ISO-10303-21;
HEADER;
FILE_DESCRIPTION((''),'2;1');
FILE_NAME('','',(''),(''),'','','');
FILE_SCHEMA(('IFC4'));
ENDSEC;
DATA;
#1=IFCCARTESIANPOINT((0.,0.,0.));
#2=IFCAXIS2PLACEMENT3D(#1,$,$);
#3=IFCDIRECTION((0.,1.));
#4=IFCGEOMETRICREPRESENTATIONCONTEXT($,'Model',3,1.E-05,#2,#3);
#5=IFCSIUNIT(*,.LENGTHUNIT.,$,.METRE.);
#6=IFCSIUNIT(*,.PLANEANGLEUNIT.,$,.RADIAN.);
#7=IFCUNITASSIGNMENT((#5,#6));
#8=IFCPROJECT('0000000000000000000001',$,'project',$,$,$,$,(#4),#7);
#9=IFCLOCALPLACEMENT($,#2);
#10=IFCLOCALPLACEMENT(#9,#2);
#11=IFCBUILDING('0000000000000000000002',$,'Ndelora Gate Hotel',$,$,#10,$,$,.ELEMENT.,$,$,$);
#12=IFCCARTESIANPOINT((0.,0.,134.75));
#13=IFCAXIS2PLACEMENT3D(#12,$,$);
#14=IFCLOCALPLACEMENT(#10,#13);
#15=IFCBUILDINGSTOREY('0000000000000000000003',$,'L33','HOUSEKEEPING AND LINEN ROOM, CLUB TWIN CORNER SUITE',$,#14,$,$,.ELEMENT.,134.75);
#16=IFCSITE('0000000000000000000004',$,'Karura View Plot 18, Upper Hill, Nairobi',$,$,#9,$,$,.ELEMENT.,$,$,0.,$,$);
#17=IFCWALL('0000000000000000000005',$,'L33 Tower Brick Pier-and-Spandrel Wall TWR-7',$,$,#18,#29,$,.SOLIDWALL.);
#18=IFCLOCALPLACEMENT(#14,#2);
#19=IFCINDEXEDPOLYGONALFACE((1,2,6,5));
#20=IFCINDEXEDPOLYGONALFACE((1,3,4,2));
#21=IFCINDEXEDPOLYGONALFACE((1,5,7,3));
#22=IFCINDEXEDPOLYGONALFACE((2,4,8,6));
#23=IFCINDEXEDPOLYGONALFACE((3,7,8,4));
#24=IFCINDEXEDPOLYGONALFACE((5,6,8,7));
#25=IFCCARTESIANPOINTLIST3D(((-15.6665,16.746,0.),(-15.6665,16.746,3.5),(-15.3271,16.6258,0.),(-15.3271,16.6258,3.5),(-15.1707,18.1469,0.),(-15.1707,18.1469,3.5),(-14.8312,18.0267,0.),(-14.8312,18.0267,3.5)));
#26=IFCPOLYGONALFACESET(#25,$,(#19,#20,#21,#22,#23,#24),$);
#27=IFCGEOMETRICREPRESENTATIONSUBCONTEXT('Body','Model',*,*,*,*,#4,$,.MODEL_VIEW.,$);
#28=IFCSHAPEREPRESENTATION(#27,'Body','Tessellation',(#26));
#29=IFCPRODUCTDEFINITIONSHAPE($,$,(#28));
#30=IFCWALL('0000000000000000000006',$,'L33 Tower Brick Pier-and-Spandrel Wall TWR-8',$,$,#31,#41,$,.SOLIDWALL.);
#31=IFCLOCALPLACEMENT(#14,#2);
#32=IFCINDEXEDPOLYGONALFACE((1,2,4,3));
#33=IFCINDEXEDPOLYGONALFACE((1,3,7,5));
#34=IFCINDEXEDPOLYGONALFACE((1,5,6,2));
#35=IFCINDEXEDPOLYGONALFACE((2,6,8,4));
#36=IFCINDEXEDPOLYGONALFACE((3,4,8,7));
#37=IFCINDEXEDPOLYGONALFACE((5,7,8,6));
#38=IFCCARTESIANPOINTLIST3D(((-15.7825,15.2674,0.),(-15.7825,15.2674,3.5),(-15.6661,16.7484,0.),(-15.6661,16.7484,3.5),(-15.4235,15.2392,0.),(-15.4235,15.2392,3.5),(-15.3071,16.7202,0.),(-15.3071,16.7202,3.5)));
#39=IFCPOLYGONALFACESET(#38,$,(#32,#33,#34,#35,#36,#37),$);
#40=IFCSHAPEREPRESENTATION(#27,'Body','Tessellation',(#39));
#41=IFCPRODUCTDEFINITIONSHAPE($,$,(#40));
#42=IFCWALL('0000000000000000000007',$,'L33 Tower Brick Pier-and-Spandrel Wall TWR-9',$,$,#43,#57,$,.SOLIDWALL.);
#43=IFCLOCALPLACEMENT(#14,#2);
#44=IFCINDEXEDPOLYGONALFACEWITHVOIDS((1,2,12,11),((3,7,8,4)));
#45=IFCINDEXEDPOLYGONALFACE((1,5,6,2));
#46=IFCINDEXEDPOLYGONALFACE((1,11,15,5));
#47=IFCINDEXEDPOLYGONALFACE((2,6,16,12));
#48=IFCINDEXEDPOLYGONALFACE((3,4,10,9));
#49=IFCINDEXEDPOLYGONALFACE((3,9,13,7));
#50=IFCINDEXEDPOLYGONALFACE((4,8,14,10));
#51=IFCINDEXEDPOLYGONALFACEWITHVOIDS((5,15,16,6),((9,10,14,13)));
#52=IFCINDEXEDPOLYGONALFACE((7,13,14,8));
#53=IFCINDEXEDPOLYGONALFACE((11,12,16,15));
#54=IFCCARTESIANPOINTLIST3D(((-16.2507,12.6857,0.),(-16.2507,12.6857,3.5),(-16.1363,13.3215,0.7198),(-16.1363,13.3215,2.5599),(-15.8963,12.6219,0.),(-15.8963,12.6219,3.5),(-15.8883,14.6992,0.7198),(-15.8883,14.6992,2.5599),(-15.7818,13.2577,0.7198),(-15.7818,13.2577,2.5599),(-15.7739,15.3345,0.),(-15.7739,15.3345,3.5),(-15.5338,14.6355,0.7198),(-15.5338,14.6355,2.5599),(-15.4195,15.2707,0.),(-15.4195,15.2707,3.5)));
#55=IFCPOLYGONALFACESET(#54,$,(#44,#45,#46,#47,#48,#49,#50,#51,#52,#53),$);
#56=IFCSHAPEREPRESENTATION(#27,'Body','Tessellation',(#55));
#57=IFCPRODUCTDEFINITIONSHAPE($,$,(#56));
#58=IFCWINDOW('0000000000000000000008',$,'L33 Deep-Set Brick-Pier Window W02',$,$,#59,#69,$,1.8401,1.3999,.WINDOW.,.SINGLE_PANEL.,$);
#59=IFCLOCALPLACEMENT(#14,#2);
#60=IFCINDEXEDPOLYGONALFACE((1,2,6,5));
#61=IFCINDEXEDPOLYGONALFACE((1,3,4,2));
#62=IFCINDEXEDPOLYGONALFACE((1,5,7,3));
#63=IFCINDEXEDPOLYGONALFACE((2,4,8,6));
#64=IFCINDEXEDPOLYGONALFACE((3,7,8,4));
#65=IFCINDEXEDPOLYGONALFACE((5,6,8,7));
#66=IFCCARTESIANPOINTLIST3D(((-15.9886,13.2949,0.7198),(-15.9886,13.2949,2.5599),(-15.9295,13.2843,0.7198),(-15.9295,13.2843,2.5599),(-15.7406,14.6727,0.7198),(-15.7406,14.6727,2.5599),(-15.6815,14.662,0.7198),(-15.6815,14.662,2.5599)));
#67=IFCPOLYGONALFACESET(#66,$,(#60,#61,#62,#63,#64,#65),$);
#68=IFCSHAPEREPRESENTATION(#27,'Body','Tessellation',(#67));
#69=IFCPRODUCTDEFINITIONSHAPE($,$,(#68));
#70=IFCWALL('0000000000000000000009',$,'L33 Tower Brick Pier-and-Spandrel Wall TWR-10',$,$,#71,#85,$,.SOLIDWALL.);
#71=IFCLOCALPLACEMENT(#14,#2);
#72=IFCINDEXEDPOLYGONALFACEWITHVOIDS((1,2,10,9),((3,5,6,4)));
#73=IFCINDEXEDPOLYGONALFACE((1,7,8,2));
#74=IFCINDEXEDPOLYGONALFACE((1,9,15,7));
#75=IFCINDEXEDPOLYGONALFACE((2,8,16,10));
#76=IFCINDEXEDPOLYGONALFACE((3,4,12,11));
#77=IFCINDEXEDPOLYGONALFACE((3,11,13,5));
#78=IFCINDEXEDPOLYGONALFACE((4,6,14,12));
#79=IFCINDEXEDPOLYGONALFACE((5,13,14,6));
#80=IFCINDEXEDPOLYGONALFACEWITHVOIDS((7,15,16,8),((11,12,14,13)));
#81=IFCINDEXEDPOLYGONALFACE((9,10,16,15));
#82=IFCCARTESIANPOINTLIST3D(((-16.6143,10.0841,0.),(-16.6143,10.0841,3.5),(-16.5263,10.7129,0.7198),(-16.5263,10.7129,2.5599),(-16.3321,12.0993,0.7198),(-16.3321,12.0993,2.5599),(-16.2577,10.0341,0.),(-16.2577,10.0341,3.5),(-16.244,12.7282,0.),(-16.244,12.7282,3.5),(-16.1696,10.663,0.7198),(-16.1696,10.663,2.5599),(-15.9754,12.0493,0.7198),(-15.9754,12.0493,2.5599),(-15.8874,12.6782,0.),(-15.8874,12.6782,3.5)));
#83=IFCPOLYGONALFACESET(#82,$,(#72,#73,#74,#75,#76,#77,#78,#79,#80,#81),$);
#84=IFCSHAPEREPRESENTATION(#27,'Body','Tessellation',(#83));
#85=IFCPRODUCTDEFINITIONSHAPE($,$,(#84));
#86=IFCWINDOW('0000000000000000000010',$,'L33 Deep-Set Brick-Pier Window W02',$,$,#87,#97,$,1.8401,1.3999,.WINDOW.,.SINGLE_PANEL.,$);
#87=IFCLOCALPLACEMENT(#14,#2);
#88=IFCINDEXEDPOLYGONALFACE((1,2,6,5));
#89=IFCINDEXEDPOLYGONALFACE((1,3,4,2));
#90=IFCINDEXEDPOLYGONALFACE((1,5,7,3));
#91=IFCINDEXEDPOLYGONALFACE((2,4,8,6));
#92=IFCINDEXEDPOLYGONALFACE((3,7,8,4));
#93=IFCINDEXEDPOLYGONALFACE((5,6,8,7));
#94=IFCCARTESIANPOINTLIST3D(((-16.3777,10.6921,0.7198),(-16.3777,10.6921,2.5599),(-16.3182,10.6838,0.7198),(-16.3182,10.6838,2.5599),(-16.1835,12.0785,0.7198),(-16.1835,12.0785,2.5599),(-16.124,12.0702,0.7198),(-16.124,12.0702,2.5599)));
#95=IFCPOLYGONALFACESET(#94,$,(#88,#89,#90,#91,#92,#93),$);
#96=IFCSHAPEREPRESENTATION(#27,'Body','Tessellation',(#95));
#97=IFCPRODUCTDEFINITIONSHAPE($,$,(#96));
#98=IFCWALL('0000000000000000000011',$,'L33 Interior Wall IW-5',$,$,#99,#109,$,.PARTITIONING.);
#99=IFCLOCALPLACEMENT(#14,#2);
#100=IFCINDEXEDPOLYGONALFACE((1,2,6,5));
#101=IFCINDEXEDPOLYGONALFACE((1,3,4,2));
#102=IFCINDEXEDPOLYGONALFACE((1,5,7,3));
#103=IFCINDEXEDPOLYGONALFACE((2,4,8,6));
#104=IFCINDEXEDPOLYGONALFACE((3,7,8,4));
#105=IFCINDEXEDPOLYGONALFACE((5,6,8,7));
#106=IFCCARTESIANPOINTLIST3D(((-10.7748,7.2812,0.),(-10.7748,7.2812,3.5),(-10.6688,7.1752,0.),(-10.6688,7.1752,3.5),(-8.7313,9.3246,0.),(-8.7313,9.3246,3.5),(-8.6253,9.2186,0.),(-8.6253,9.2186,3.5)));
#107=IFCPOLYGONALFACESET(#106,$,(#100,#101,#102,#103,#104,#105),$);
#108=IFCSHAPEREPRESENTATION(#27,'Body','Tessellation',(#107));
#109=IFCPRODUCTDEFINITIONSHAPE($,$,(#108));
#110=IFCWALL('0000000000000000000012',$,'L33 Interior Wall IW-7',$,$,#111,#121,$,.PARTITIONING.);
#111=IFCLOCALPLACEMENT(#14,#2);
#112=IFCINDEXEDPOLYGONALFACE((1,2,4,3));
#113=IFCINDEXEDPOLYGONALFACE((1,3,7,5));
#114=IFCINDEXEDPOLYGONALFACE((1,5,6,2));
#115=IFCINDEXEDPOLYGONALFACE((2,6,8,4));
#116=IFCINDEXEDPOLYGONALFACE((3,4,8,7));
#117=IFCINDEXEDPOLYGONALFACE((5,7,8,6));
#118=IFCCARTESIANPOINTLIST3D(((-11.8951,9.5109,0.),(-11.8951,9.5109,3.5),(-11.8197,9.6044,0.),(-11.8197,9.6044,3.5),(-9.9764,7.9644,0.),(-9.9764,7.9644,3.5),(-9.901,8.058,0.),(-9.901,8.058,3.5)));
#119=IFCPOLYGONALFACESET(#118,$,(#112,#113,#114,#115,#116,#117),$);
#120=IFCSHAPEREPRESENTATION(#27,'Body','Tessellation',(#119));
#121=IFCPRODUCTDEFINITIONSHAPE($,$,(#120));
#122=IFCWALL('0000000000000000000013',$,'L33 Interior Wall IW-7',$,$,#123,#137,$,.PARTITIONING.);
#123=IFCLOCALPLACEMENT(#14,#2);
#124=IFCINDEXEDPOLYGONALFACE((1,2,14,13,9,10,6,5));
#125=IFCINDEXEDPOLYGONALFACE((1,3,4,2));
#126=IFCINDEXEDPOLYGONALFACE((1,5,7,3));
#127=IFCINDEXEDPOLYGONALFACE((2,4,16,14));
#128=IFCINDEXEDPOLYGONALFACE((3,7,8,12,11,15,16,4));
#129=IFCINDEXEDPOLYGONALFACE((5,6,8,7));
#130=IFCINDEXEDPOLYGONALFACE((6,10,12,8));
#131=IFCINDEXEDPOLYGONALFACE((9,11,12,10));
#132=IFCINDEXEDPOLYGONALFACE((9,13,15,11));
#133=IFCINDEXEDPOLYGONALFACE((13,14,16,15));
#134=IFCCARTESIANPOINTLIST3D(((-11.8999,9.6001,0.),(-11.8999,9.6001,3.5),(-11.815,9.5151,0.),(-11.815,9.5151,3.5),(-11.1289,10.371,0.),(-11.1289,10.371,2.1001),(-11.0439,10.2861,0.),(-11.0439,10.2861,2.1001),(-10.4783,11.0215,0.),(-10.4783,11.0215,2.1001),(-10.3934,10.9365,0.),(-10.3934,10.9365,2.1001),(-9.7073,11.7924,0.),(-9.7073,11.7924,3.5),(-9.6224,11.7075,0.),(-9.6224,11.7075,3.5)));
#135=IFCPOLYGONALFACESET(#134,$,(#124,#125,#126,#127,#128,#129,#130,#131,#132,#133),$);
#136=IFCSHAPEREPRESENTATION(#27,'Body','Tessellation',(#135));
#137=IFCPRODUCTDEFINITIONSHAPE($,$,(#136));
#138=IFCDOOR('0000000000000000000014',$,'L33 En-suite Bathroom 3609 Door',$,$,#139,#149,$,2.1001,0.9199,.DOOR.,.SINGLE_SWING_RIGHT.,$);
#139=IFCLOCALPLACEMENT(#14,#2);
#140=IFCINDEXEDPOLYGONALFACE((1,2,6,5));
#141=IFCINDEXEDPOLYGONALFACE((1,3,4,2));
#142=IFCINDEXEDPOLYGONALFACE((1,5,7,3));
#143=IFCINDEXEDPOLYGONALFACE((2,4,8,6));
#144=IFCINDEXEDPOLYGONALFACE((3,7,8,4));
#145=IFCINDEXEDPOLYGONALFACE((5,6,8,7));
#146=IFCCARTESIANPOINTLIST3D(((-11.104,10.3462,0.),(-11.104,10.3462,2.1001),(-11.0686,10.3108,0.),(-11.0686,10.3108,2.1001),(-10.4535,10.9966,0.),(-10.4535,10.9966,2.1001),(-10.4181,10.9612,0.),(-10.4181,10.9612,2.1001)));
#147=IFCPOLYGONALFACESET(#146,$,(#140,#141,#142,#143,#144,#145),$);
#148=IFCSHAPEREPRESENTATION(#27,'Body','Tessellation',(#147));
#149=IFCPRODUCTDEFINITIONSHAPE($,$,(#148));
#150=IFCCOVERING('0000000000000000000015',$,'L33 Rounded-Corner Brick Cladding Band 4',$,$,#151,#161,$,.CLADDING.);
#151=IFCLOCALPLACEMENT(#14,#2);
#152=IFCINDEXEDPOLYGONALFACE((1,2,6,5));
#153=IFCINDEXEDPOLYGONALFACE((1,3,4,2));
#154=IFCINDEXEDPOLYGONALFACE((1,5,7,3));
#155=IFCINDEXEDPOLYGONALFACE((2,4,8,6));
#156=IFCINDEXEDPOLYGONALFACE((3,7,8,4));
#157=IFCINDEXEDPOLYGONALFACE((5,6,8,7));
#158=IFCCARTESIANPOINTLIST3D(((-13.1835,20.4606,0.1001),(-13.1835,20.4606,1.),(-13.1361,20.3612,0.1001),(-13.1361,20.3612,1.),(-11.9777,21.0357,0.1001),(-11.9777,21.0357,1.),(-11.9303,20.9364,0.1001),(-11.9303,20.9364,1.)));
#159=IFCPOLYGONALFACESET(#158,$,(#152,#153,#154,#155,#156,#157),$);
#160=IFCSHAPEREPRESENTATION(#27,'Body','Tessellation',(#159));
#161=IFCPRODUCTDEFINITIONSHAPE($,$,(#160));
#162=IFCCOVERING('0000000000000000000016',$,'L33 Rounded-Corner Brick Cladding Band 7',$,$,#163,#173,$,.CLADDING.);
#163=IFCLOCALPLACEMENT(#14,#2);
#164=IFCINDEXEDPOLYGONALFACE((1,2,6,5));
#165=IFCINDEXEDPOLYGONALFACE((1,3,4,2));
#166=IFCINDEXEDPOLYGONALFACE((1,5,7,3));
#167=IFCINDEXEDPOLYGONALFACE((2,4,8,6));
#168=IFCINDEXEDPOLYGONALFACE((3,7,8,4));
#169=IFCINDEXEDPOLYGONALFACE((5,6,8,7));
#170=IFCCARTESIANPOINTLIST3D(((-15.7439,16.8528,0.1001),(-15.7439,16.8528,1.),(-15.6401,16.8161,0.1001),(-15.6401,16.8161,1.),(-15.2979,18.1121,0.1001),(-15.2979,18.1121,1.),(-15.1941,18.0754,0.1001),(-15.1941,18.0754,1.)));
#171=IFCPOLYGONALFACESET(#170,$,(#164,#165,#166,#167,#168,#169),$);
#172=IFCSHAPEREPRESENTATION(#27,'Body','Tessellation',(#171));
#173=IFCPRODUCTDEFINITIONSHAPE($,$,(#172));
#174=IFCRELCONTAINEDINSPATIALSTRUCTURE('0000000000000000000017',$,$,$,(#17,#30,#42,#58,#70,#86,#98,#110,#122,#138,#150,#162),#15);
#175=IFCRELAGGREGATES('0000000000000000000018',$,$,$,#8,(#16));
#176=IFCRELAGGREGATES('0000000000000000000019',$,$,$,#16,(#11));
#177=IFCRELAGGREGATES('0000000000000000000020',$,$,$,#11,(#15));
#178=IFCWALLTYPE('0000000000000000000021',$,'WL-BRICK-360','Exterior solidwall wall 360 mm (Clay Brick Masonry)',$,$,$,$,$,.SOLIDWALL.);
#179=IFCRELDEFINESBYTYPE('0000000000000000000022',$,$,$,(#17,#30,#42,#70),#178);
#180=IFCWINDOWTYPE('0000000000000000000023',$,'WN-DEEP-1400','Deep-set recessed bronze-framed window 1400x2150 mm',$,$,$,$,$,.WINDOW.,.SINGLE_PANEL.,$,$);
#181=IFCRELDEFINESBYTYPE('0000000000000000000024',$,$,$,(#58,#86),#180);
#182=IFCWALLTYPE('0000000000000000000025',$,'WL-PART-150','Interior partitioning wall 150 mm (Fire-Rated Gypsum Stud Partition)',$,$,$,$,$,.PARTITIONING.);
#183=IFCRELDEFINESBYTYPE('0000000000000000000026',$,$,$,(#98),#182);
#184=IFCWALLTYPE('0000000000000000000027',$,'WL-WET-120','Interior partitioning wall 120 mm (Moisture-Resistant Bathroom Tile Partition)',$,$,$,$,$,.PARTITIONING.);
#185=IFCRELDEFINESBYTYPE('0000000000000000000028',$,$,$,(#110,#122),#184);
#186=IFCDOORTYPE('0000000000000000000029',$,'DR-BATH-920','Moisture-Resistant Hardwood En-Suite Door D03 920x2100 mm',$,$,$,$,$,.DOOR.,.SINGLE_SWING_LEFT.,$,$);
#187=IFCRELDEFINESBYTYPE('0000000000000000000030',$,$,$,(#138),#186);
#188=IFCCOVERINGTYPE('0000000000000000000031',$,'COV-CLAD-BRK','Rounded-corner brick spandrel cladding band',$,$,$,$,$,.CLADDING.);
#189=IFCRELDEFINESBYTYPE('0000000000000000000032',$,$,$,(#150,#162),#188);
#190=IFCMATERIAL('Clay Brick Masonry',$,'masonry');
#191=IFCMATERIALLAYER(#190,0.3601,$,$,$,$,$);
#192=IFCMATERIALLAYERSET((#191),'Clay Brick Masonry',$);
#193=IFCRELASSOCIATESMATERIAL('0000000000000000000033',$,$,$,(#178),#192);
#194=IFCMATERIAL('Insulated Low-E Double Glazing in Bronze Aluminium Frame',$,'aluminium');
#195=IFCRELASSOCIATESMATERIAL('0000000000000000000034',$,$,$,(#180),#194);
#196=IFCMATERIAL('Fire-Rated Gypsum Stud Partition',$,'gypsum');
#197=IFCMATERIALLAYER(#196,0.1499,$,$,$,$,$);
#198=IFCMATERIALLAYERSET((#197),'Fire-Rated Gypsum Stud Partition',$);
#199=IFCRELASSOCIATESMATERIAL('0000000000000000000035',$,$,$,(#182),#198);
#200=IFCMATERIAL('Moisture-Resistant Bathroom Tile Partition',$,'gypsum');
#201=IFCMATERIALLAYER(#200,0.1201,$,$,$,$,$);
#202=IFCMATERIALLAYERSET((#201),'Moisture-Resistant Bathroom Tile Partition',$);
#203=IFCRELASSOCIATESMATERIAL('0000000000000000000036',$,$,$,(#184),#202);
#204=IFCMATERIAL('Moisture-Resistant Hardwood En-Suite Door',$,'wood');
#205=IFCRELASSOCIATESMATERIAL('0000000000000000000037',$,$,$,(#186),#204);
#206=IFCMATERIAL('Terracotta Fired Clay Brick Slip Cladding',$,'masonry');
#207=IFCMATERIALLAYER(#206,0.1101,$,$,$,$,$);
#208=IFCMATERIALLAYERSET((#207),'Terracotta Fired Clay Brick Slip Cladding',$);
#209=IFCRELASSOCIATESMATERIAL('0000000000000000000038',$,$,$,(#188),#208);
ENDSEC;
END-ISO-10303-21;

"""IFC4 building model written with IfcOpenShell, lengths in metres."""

from ifc_helpers import new_model, si_unit, direction, frame, frame_2d, origin, origin_2d, place, context, subcontext, project, spatial, rectangle, extrude, material, layer, layer_set, type_object, element, fill, save


model = new_model("IFC4")

# Units and contexts
model_context = context("Model", 3, precision=1e-05, world=origin(), true_north=direction((0.0, 1.0)))
body_context = subcontext(model_context, "Body", "Model", "MODEL_VIEW")
ifc_project = project(units=[si_unit("LENGTHUNIT", "METRE"), si_unit("PLANEANGLEUNIT", "RADIAN")], contexts=[model_context])

# Site, building, storey
site_placement = place(None, origin())
site = spatial("IfcSite", under=ifc_project, at=site_placement, Name="Karura View Plot 18, Upper Hill, Nairobi", CompositionType="ELEMENT", RefElevation=0.0)
building_placement = place(site_placement, origin())
building = spatial("IfcBuilding", under=site, at=building_placement, Name="Ndelora Gate Hotel", CompositionType="ELEMENT")
storey_placement = place(building_placement, frame((0.0, 0.0, 134.75)))
storey = spatial("IfcBuildingStorey", under=building, at=storey_placement, Name="L33", Description="HOUSEKEEPING AND LINEN ROOM, CLUB TWIN CORNER SUITE", CompositionType="ELEMENT", Elevation=134.75)

# Walls
ifc_material_1 = material(Name="Clay Brick Masonry", Category="masonry")
ifc_layer_1 = layer(ifc_material_1, 0.3601)
ifc_layer_set_1 = layer_set([ifc_layer_1], Name="Clay Brick Masonry")
wall_type_1 = type_object("IfcWallType", Name="WL-BRICK-360", Description="Exterior solidwall wall 360 mm (Clay Brick Masonry)", PredefinedType="SOLIDWALL", material=ifc_layer_set_1)
wall_1_placement = place(storey_placement, frame((-15.4968, 16.6858, 0.0), z_axis=(0.0, 0.0, 1.0), x_axis=(0.333671, 0.94269, 0.0)))
element("IfcWall", 1, at=wall_1_placement, inside=storey, type_object=wall_type_1, Name="L33 Tower Brick Pier-and-Spandrel Wall TWR-7", PredefinedType="SOLIDWALL", context=body_context, shape_type="SweptSolid", body=[
    extrude(rectangle(XDim=1.4861, YDim=0.3601, at=frame_2d((0.7432, 0.0))), origin(), (0.0, 0.0, 1.0), 3.5),
])
wall_2_placement = place(storey_placement, frame((-15.603, 15.2534, 0.0), z_axis=(0.0, 0.0, 1.0), x_axis=(0.078393, 0.996923, 0.0)))
element("IfcWall", 2, at=wall_2_placement, inside=storey, type_object=wall_type_1, Name="L33 Tower Brick Pier-and-Spandrel Wall TWR-8", PredefinedType="SOLIDWALL", context=body_context, shape_type="SweptSolid", body=[
    extrude(rectangle(XDim=1.4856, YDim=0.3601, at=frame_2d((0.7427, 0.0))), origin(), (0.0, 0.0, 1.0), 3.5),
])

# Walls, openings, windows
wall_3_placement = place(storey_placement, frame((-16.0735, 12.6538, 0.0), z_axis=(0.0, 0.0, 1.0), x_axis=(0.177153, 0.984183, 0.0)))
wall_3 = element("IfcWall", 3, at=wall_3_placement, inside=storey, type_object=wall_type_1, Name="L33 Tower Brick Pier-and-Spandrel Wall TWR-9", PredefinedType="SOLIDWALL", context=body_context, shape_type="SweptSolid", body=[
    extrude(rectangle(XDim=2.6914, YDim=0.3601, at=frame_2d((1.3457, 0.0))), origin(), (0.0, 0.0, 1.0), 3.5),
])
opening_1_placement = place(wall_3_placement, frame((0.646, 0.0, 0.72)))
opening_1 = element("IfcOpeningElement", 4, at=opening_1_placement, cuts=wall_3, PredefinedType="OPENING", context=body_context, shape_type="SweptSolid", body=[
    extrude(rectangle(XDim=1.3999, YDim=1.8401, at=frame_2d((0.7, 0.9199))), frame((0.0, 0.1899, 0.0), z_axis=(0.0, -1.0, 0.0), x_axis=(1.0, 0.0, 0.0)), (0.0, 0.0, 1.0), 0.3801),
])
ifc_material_2 = material(Name="Insulated Low-E Double Glazing in Bronze Aluminium Frame", Category="aluminium")
window_type = type_object("IfcWindowType", Name="WN-DEEP-1400", Description="Deep-set recessed bronze-framed window 1400x2150 mm", PartitioningType="SINGLE_PANEL", PredefinedType="WINDOW", material=ifc_material_2)
window_1_placement = place(opening_1_placement, origin())
window_1 = element("IfcWindow", 5, at=window_1_placement, inside=storey, type_object=window_type, Name="L33 Deep-Set Brick-Pier Window W02", OverallHeight=1.8401, OverallWidth=1.3999, PartitioningType="SINGLE_PANEL", PredefinedType="WINDOW", context=body_context, shape_type="SweptSolid", body=[
    extrude(rectangle(XDim=1.3999, YDim=1.8401, at=frame_2d((0.7, 0.9199))), frame((0.0, 0.03, 0.0), z_axis=(0.0, -1.0, 0.0), x_axis=(1.0, 0.0, 0.0)), (0.0, 0.0, 1.0), 0.0601),
])
fill(opening_1, window_1)
wall_4_placement = place(storey_placement, frame((-16.436, 10.0591, 0.0), z_axis=(0.0, 0.0, 1.0), x_axis=(0.13872, 0.990332, 0.0)))
wall_4 = element("IfcWall", 6, at=wall_4_placement, inside=storey, type_object=wall_type_1, Name="L33 Tower Brick Pier-and-Spandrel Wall TWR-10", PredefinedType="SOLIDWALL", context=body_context, shape_type="SweptSolid", body=[
    extrude(rectangle(XDim=2.6699, YDim=0.3601, at=frame_2d((1.335, 0.0))), origin(), (0.0, 0.0, 1.0), 3.5),
])
opening_2_placement = place(wall_4_placement, frame((0.635, 0.0, 0.72)))
opening_2 = element("IfcOpeningElement", 7, at=opening_2_placement, cuts=wall_4, PredefinedType="OPENING", context=body_context, shape_type="SweptSolid", body=[
    extrude(rectangle(XDim=1.3999, YDim=1.8401, at=frame_2d((0.7, 0.9199))), frame((0.0, 0.1899, 0.0), z_axis=(0.0, -1.0, 0.0), x_axis=(1.0, 0.0, 0.0)), (0.0, 0.0, 1.0), 0.3801),
])
window_2_placement = place(opening_2_placement, origin())
window_2 = element("IfcWindow", 8, at=window_2_placement, inside=storey, type_object=window_type, Name="L33 Deep-Set Brick-Pier Window W02", OverallHeight=1.8401, OverallWidth=1.3999, PartitioningType="SINGLE_PANEL", PredefinedType="WINDOW", context=body_context, shape_type="SweptSolid", body=[
    extrude(rectangle(XDim=1.3999, YDim=1.8401, at=frame_2d((0.7, 0.9199))), frame((0.0, 0.03, 0.0), z_axis=(0.0, -1.0, 0.0), x_axis=(1.0, 0.0, 0.0)), (0.0, 0.0, 1.0), 0.0601),
])
fill(opening_2, window_2)

# Walls
ifc_material_3 = material(Name="Fire-Rated Gypsum Stud Partition", Category="gypsum")
ifc_layer_2 = layer(ifc_material_3, 0.1499)
ifc_layer_set_2 = layer_set([ifc_layer_2], Name="Fire-Rated Gypsum Stud Partition")
wall_type_2 = type_object("IfcWallType", Name="WL-PART-150", Description="Interior partitioning wall 150 mm (Fire-Rated Gypsum Stud Partition)", PredefinedType="PARTITIONING", material=ifc_layer_set_2)
wall_5_placement = place(storey_placement, frame((-10.7217, 7.2283, 0.0), z_axis=(0.0, 0.0, 1.0), x_axis=(0.707107, 0.707107, 0.0)))
element("IfcWall", 9, at=wall_5_placement, inside=storey, type_object=wall_type_2, Name="L33 Interior Wall IW-5", PredefinedType="PARTITIONING", context=body_context, shape_type="SweptSolid", body=[
    extrude(rectangle(XDim=2.8899, YDim=0.1499, at=frame_2d((1.4448, 0.0))), origin(), (0.0, 0.0, 1.0), 3.5),
])
ifc_material_4 = material(Name="Moisture-Resistant Bathroom Tile Partition", Category="gypsum")
ifc_layer_3 = layer(ifc_material_4, 0.1201)
ifc_layer_set_3 = layer_set([ifc_layer_3], Name="Moisture-Resistant Bathroom Tile Partition")
wall_type_3 = type_object("IfcWallType", Name="WL-WET-120", Description="Interior partitioning wall 120 mm (Moisture-Resistant Bathroom Tile Partition)", PredefinedType="PARTITIONING", material=ifc_layer_set_3)
wall_6_placement = place(storey_placement, frame((-11.8574, 9.5576, 0.0), z_axis=(0.0, 0.0, 1.0), x_axis=(0.778602, -0.627518, 0.0)))
element("IfcWall", 10, at=wall_6_placement, inside=storey, type_object=wall_type_3, Name="L33 Interior Wall IW-7", PredefinedType="PARTITIONING", context=body_context, shape_type="SweptSolid", body=[
    extrude(rectangle(XDim=2.4644, YDim=0.1201, at=frame_2d((1.2322, 0.0))), origin(), (0.0, 0.0, 1.0), 3.5),
])

# Wall, opening, door
wall_7_placement = place(storey_placement, frame((-11.8574, 9.5576, 0.0), z_axis=(0.0, 0.0, 1.0), x_axis=(0.707146, 0.707067, 0.0)))
wall_7 = element("IfcWall", 11, at=wall_7_placement, inside=storey, type_object=wall_type_3, Name="L33 Interior Wall IW-7", PredefinedType="PARTITIONING", context=body_context, shape_type="SweptSolid", body=[
    extrude(rectangle(XDim=3.1006, YDim=0.1201, at=frame_2d((1.5503, 0.0))), origin(), (0.0, 0.0, 1.0), 3.5),
])
opening_3_placement = place(wall_7_placement, frame((1.0903, 0.0, 0.0)))
opening_3 = element("IfcOpeningElement", 12, at=opening_3_placement, cuts=wall_7, PredefinedType="OPENING", context=body_context, shape_type="SweptSolid", body=[
    extrude(rectangle(XDim=0.9199, YDim=2.1001, at=frame_2d((0.46, 1.05))), frame((0.0, 0.0701, 0.0), z_axis=(0.0, -1.0, 0.0), x_axis=(1.0, 0.0, 0.0)), (0.0, 0.0, 1.0), 0.1401),
])
ifc_material_5 = material(Name="Moisture-Resistant Hardwood En-Suite Door", Category="wood")
door_type = type_object("IfcDoorType", Name="DR-BATH-920", Description="Moisture-Resistant Hardwood En-Suite Door D03 920x2100 mm", OperationType="SINGLE_SWING_LEFT", PredefinedType="DOOR", material=ifc_material_5)
door_placement = place(opening_3_placement, origin())
door = element("IfcDoor", 13, at=door_placement, inside=storey, type_object=door_type, Name="L33 En-suite Bathroom 3609 Door", OperationType="SINGLE_SWING_RIGHT", OverallHeight=2.1001, OverallWidth=0.9199, PredefinedType="DOOR", context=body_context, shape_type="SweptSolid", body=[
    extrude(rectangle(XDim=0.9199, YDim=2.1001, at=frame_2d((0.46, 1.05))), frame((0.0, 0.0249, 0.0), z_axis=(0.0, -1.0, 0.0), x_axis=(1.0, 0.0, 0.0)), (0.0, 0.0, 1.0), 0.05),
])
fill(opening_3, door)

# Coverings
ifc_material_6 = material(Name="Terracotta Fired Clay Brick Slip Cladding", Category="masonry")
ifc_layer_4 = layer(ifc_material_6, 0.1101)
ifc_layer_set_4 = layer_set([ifc_layer_4], Name="Terracotta Fired Clay Brick Slip Cladding")
covering_type_1 = type_object("IfcCoveringType", Name="COV-CLAD-BRK", Description="Rounded-corner brick spandrel cladding band", PredefinedType="CLADDING", material=ifc_layer_set_4)
for number, where, z_axis, x_axis, name in (
    (14, (-12.5569, 20.6985, 0.1001), (0.0, 0.0, 1.0), (0.902585, 0.430511, 0.0), "L33 Rounded-Corner Brick Cladding Band 4"),
    (15, (-15.469, 17.4641, 0.1001), (0.0, 0.0, 1.0), (0.333807, 0.942641, 0.0), "L33 Rounded-Corner Brick Cladding Band 7"),
):
    element("IfcCovering", number, at=place(storey_placement, frame(where, z_axis=z_axis, x_axis=x_axis)), inside=storey, type_object=covering_type_1, Name=name, PredefinedType="CLADDING", context=body_context, shape_type="SweptSolid", body=[
        extrude(rectangle(XDim=1.3359, YDim=0.1101, at=origin_2d()), origin(), (0.0, 0.0, 1.0), 0.8999),
    ])

save(model, "model.ifc")
